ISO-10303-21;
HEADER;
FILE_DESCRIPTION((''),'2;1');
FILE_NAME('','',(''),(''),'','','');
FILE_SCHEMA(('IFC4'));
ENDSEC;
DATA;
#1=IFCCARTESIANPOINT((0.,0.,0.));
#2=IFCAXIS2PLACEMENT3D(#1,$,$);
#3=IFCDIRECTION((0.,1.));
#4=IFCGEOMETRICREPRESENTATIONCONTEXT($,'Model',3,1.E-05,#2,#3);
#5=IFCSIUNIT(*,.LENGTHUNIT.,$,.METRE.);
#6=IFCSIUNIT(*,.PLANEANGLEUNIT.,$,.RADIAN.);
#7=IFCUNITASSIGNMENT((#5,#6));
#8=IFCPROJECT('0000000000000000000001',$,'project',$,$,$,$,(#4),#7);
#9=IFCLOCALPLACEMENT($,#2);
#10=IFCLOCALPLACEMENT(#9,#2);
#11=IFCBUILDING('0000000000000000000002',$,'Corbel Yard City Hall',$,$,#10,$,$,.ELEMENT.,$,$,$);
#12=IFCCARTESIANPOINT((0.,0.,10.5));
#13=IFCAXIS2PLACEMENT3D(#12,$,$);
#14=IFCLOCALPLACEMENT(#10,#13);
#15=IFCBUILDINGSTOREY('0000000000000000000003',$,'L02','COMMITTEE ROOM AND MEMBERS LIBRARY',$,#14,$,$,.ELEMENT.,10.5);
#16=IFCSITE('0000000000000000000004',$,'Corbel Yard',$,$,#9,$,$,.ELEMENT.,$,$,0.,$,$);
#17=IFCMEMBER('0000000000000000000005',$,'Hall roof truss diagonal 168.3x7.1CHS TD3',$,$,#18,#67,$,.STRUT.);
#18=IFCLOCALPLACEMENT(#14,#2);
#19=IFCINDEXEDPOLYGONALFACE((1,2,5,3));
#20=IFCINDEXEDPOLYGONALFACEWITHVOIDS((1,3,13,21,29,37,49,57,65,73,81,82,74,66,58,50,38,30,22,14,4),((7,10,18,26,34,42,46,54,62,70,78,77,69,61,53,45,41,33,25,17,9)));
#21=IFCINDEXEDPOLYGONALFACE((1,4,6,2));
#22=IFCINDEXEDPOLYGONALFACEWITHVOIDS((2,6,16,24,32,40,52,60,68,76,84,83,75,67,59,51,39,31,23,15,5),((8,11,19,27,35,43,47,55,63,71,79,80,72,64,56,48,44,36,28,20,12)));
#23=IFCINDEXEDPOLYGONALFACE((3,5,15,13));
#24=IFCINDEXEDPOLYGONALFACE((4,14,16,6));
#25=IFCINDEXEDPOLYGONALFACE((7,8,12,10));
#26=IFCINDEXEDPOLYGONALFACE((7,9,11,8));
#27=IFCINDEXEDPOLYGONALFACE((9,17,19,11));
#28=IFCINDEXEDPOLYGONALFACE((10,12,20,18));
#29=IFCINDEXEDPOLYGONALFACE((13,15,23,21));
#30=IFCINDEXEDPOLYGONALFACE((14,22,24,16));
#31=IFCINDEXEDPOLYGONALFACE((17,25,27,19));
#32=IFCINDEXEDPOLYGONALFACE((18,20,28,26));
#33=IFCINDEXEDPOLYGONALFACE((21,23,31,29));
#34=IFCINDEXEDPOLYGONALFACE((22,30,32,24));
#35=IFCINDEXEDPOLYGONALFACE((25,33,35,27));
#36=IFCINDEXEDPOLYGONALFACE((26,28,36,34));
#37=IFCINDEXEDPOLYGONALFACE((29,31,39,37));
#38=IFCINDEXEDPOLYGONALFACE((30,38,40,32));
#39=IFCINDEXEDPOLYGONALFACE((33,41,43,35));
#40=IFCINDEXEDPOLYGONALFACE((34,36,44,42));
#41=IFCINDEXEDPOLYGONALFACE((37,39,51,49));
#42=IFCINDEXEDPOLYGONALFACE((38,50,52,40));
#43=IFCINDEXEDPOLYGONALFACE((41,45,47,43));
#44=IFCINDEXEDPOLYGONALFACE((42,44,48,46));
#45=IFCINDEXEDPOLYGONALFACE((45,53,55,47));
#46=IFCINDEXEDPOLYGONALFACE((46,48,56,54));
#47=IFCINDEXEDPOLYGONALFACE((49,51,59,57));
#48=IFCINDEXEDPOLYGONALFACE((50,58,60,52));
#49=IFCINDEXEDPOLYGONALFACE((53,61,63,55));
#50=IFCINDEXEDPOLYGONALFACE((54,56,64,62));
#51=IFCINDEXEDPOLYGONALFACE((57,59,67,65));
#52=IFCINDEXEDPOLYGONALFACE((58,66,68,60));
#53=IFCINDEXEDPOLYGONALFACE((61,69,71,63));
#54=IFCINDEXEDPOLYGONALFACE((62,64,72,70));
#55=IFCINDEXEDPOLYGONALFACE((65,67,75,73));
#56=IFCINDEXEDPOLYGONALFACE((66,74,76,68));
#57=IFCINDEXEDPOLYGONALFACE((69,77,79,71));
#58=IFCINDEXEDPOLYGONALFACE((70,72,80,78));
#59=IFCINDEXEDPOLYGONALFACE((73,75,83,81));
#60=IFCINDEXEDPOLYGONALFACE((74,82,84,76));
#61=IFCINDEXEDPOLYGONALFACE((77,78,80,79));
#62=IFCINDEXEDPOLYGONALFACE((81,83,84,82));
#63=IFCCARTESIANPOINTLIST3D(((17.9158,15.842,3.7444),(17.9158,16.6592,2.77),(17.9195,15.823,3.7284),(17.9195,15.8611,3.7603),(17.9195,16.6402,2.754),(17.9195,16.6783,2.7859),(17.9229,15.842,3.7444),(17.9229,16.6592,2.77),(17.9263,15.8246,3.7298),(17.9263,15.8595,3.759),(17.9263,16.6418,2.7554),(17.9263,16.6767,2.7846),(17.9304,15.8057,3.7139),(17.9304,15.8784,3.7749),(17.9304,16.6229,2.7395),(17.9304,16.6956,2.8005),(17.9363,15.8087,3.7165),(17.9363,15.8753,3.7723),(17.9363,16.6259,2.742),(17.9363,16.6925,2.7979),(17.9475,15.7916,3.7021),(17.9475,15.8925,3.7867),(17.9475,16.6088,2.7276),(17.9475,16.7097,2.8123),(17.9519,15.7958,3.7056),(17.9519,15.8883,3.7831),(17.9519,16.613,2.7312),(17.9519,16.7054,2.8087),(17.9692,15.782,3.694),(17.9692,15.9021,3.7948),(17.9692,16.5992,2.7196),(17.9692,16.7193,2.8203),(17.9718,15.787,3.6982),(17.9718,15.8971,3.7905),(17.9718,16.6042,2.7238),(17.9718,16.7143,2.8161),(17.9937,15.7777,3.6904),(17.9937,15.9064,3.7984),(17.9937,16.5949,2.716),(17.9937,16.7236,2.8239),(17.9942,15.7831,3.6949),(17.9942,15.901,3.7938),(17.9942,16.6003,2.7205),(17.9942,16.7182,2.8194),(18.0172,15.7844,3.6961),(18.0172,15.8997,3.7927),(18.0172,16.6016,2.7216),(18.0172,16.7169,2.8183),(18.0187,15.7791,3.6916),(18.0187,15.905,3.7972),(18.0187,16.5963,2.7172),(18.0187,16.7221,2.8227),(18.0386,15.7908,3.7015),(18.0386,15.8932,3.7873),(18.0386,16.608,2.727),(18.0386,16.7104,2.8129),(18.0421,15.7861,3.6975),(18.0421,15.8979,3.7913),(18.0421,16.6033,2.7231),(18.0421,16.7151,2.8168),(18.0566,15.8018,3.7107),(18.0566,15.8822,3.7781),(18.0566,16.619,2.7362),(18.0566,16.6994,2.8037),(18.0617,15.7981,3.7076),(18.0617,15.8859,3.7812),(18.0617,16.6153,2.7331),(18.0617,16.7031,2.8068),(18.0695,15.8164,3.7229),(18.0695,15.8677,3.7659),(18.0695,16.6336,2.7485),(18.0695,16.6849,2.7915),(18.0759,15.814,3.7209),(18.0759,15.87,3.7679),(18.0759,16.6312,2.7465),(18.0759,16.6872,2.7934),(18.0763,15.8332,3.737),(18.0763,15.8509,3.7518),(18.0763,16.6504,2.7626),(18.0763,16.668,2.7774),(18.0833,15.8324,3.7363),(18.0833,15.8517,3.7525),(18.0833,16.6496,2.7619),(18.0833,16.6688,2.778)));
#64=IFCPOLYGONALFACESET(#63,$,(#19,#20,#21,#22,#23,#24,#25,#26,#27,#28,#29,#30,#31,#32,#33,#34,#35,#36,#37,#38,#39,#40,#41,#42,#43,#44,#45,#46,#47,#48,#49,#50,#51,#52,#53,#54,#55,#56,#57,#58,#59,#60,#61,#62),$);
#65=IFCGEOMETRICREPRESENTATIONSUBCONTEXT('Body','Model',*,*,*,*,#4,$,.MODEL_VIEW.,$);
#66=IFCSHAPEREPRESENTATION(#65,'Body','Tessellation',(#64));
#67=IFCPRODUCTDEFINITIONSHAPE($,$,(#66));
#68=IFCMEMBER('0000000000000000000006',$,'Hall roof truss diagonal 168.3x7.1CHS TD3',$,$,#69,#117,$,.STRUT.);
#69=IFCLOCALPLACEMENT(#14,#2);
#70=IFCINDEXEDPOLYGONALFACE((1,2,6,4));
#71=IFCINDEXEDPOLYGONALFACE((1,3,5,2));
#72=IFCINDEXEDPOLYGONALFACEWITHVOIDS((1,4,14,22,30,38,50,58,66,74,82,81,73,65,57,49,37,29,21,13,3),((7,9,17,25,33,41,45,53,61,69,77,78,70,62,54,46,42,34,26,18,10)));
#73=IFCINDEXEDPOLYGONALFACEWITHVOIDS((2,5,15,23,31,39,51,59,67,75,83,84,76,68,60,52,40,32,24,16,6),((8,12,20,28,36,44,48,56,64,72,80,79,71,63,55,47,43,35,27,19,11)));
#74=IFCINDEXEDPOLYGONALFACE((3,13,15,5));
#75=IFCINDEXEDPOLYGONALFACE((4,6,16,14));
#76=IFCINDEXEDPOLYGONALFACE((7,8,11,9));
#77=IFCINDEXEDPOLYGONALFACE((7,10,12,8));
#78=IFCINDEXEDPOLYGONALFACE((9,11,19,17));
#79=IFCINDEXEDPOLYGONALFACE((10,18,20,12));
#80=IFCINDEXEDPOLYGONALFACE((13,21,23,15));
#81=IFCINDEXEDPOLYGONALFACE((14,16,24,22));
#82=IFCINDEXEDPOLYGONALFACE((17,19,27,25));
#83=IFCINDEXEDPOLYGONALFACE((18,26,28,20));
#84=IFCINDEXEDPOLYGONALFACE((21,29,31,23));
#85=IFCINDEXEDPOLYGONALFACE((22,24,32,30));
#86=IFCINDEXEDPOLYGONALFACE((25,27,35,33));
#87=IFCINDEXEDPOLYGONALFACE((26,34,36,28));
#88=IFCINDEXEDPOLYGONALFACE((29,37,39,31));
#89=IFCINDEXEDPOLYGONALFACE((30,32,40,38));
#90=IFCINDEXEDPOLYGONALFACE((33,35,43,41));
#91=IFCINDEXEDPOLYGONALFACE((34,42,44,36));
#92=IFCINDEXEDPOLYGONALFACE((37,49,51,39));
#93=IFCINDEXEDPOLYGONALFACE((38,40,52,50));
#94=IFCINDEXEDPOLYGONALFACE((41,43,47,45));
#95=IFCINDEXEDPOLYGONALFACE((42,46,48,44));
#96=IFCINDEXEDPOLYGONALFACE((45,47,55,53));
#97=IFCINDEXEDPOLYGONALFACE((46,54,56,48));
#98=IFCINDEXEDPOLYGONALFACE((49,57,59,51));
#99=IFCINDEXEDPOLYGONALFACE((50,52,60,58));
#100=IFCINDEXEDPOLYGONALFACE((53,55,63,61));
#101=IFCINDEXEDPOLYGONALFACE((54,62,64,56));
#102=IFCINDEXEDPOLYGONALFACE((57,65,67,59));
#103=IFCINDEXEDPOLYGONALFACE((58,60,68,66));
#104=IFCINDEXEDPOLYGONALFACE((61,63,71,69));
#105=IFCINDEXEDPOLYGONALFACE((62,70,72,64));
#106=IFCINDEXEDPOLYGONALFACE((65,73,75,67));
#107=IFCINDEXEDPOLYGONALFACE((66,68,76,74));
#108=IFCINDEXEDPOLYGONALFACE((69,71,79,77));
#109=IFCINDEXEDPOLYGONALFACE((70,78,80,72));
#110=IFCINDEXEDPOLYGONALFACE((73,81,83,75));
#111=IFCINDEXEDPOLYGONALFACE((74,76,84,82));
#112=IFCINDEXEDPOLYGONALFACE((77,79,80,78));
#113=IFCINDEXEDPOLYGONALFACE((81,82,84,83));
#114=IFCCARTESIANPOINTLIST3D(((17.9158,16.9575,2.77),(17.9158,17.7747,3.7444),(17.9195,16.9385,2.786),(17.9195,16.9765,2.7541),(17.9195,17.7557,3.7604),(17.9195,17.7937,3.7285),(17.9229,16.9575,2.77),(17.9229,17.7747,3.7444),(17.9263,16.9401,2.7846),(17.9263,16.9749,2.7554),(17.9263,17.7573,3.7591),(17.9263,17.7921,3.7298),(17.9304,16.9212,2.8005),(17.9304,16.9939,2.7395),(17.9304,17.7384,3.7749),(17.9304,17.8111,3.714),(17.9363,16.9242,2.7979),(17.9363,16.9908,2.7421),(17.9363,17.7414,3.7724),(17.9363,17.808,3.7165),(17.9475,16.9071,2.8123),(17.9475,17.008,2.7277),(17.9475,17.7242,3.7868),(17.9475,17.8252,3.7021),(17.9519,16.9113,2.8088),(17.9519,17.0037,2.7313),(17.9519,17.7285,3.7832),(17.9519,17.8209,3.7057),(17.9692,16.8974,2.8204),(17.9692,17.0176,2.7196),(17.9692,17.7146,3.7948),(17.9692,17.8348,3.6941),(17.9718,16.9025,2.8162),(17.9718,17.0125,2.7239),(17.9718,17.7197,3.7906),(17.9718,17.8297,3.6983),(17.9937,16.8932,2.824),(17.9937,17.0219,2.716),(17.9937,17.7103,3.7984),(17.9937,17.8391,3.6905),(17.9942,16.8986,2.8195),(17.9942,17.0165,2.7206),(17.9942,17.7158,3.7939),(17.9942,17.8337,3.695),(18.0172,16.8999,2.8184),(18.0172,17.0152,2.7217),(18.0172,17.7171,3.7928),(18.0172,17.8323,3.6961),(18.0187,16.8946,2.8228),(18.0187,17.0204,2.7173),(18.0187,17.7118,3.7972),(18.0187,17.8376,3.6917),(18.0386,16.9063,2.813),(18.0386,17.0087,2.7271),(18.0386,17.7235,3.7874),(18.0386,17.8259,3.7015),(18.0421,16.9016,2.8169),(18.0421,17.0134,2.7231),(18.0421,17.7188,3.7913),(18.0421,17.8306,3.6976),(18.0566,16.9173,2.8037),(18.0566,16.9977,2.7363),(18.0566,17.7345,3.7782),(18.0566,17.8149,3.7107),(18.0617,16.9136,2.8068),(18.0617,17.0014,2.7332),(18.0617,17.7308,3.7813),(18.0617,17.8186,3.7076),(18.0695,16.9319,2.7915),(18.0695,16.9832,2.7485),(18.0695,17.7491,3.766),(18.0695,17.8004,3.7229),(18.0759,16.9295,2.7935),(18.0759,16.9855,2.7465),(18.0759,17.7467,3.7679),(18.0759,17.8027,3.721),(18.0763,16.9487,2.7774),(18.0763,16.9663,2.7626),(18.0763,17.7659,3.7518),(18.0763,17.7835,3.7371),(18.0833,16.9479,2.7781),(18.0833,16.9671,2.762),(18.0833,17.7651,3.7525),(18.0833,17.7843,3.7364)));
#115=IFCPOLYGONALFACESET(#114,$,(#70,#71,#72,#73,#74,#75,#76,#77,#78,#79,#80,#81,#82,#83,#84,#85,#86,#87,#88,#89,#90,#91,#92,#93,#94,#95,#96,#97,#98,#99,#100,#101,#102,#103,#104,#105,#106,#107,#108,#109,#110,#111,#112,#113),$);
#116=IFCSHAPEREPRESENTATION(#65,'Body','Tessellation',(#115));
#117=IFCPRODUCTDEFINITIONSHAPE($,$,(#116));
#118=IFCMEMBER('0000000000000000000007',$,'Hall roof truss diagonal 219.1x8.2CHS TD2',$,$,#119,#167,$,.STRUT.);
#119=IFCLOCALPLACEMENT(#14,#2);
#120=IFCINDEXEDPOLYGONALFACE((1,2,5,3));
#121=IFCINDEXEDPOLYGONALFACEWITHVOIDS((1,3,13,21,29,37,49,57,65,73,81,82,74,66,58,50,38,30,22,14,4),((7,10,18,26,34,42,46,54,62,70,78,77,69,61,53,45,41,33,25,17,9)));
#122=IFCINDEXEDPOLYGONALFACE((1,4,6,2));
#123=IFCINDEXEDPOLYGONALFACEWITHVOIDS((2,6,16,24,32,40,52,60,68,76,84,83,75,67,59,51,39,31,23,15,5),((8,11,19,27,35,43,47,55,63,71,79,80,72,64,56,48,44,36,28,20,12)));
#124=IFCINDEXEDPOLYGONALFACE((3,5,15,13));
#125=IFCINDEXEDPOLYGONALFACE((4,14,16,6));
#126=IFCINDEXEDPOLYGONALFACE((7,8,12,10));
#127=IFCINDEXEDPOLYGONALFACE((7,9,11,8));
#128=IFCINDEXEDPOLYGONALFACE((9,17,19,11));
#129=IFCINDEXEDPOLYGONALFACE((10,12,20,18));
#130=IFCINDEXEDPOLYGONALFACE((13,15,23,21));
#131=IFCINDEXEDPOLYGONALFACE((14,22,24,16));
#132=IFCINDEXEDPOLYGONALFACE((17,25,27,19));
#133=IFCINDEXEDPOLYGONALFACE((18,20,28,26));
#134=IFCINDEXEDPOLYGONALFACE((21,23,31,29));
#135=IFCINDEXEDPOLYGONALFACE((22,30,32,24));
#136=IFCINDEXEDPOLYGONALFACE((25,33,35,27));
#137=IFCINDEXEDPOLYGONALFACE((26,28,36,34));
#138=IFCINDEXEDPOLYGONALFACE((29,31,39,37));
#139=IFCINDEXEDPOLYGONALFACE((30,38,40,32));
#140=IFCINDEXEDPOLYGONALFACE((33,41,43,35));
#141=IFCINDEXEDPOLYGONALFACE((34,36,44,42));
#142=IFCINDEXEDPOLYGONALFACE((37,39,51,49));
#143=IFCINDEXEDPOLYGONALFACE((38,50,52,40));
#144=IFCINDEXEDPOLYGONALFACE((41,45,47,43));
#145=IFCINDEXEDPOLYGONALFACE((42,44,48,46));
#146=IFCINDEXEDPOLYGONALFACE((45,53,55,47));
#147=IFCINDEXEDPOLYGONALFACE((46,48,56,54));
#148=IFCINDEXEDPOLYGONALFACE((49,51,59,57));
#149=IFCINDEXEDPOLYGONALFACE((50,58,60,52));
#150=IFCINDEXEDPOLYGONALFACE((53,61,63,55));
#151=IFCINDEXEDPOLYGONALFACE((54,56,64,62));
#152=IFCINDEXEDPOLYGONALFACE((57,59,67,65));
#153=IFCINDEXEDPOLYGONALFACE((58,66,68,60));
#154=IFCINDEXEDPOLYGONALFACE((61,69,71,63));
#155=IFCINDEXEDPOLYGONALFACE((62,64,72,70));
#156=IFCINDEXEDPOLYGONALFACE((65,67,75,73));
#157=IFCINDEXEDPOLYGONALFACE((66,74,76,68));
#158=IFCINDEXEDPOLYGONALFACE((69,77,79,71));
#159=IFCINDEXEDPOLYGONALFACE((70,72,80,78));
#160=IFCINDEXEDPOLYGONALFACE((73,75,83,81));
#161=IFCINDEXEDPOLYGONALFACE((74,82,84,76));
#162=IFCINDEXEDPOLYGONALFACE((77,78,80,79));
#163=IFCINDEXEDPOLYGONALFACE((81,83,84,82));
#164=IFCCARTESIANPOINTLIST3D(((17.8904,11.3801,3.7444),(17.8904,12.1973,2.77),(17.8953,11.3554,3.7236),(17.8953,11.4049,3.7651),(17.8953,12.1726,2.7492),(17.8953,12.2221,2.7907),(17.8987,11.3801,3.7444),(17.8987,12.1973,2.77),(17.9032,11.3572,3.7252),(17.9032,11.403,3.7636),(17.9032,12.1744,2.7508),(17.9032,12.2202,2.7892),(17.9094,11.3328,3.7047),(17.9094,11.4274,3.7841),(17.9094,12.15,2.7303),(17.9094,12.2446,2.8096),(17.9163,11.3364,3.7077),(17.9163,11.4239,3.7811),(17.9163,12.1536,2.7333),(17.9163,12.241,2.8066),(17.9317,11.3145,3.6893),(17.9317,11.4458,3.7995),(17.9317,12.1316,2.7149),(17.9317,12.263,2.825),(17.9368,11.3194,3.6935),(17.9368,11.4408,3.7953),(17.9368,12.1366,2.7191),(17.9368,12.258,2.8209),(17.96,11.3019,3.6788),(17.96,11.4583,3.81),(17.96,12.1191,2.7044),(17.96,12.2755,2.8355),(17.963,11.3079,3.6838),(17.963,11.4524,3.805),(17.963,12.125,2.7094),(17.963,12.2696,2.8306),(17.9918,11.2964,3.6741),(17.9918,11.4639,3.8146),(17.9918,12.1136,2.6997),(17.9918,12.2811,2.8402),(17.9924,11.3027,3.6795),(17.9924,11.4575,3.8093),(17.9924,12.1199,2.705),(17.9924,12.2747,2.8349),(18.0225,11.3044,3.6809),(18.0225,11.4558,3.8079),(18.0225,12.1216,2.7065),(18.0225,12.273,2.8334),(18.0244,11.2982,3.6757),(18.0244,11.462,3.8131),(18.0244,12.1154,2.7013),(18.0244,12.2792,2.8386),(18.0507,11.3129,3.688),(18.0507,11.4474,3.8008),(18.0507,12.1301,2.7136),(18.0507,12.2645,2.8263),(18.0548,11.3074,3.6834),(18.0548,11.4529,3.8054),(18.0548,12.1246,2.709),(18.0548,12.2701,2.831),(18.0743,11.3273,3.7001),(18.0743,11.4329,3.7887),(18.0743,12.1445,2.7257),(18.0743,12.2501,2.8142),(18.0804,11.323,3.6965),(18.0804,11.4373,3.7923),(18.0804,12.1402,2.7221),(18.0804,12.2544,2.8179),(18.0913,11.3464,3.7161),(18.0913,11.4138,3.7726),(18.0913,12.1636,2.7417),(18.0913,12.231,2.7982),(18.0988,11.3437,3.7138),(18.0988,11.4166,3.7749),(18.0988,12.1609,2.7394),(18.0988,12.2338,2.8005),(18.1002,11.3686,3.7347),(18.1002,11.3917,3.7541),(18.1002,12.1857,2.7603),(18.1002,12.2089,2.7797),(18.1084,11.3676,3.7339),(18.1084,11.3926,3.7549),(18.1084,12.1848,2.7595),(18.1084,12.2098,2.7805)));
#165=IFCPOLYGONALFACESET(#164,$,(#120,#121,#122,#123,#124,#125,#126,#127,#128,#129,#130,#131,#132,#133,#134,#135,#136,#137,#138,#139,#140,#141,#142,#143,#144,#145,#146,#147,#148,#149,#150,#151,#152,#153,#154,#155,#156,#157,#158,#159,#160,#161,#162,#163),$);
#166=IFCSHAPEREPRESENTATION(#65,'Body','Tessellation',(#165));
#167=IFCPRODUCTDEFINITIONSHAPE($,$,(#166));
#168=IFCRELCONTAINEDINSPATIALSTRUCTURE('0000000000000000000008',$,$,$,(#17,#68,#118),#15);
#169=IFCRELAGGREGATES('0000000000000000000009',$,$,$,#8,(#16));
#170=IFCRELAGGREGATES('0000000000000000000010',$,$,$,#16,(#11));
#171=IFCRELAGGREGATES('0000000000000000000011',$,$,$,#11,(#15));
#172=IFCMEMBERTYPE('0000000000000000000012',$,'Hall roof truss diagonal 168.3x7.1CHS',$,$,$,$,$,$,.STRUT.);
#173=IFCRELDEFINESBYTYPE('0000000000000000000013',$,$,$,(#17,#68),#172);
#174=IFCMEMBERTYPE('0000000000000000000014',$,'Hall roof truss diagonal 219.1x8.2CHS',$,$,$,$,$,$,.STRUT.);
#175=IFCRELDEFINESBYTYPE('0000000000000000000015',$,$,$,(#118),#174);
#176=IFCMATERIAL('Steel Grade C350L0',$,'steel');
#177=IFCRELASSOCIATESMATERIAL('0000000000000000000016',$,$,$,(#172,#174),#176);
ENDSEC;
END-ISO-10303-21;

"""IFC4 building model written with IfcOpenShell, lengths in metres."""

from ifc_helpers import new_model, si_unit, direction, frame, origin, origin_2d, place, context, subcontext, project, spatial, hollow_circle, extrude, material, material_profile, profile_set, type_object, element, save


model = new_model("IFC4")

# Units and contexts
model_context = context("Model", 3, precision=1e-05, world=origin(), true_north=direction((0.0, 1.0)))
body_context = subcontext(model_context, "Body", "Model", "MODEL_VIEW")
ifc_project = project(units=[si_unit("LENGTHUNIT", "METRE"), si_unit("PLANEANGLEUNIT", "RADIAN")], contexts=[model_context])

# Site, building, storey
site_placement = place(None, origin())
site = spatial("IfcSite", under=ifc_project, at=site_placement, Name="Corbel Yard", CompositionType="ELEMENT", RefElevation=0.0)
building_placement = place(site_placement, origin())
building = spatial("IfcBuilding", under=site, at=building_placement, Name="Corbel Yard City Hall", CompositionType="ELEMENT")
storey_placement = place(building_placement, frame((0.0, 0.0, 10.5)))
storey = spatial("IfcBuildingStorey", under=building, at=storey_placement, Name="L02", Description="COMMITTEE ROOM AND MEMBERS LIBRARY", CompositionType="ELEMENT", Elevation=10.5)

# Members
ifc_material_1 = material(Name="Steel Grade C350L0", Category="steel")
ifc_material_profile_1 = material_profile(ifc_material_1, hollow_circle(Radius=0.0842, WallThickness=0.0071, at=origin_2d()), Name="168.3x7.1CHS")
ifc_profile_set_1 = profile_set([ifc_material_profile_1], Name="Steel Grade C350L0")
member_type_1 = type_object("IfcMemberType", Name="Hall roof truss diagonal 168.3x7.1CHS", PredefinedType="STRUT", material=ifc_profile_set_1)
for number, where, z_axis, x_axis, name in (
    (1, (18.0, 15.842, 3.7444), (0.0, 0.64258, -0.766219), (-1.0, 0.0, 0.0), "Hall roof truss diagonal 168.3x7.1CHS TD3"),
    (2, (18.0, 16.9575, 2.77), (0.0, 0.64258, 0.766219), (-1.0, 0.0, 0.0), "Hall roof truss diagonal 168.3x7.1CHS TD3"),
):
    element("IfcMember", number, at=place(storey_placement, frame(where, z_axis=z_axis, x_axis=x_axis)), inside=storey, type_object=member_type_1, Name=name, PredefinedType="STRUT", context=body_context, shape_type="SweptSolid", body=[
        extrude(hollow_circle(Radius=0.0842, WallThickness=0.0071, at=origin_2d()), origin(), (0.0, 0.0, 1.0), 1.2717),
    ])
ifc_material_profile_2 = material_profile(ifc_material_1, hollow_circle(Radius=0.1096, WallThickness=0.0083, at=origin_2d()), Name="219.1x8.2CHS")
ifc_profile_set_2 = profile_set([ifc_material_profile_2], Name="Steel Grade C350L0")
member_type_2 = type_object("IfcMemberType", Name="Hall roof truss diagonal 219.1x8.2CHS", PredefinedType="STRUT", material=ifc_profile_set_2)
for number, where, z_axis, x_axis, name in (
    (3, (18.0, 11.3801, 3.7444), (0.0, 0.64258, -0.766219), (-1.0, 0.0, 0.0), "Hall roof truss diagonal 219.1x8.2CHS TD2"),
):
    element("IfcMember", number, at=place(storey_placement, frame(where, z_axis=z_axis, x_axis=x_axis)), inside=storey, type_object=member_type_2, Name=name, PredefinedType="STRUT", context=body_context, shape_type="SweptSolid", body=[
        extrude(hollow_circle(Radius=0.1096, WallThickness=0.0083, at=origin_2d()), origin(), (0.0, 0.0, 1.0), 1.2717),
    ])

save(model, "model.ifc")
